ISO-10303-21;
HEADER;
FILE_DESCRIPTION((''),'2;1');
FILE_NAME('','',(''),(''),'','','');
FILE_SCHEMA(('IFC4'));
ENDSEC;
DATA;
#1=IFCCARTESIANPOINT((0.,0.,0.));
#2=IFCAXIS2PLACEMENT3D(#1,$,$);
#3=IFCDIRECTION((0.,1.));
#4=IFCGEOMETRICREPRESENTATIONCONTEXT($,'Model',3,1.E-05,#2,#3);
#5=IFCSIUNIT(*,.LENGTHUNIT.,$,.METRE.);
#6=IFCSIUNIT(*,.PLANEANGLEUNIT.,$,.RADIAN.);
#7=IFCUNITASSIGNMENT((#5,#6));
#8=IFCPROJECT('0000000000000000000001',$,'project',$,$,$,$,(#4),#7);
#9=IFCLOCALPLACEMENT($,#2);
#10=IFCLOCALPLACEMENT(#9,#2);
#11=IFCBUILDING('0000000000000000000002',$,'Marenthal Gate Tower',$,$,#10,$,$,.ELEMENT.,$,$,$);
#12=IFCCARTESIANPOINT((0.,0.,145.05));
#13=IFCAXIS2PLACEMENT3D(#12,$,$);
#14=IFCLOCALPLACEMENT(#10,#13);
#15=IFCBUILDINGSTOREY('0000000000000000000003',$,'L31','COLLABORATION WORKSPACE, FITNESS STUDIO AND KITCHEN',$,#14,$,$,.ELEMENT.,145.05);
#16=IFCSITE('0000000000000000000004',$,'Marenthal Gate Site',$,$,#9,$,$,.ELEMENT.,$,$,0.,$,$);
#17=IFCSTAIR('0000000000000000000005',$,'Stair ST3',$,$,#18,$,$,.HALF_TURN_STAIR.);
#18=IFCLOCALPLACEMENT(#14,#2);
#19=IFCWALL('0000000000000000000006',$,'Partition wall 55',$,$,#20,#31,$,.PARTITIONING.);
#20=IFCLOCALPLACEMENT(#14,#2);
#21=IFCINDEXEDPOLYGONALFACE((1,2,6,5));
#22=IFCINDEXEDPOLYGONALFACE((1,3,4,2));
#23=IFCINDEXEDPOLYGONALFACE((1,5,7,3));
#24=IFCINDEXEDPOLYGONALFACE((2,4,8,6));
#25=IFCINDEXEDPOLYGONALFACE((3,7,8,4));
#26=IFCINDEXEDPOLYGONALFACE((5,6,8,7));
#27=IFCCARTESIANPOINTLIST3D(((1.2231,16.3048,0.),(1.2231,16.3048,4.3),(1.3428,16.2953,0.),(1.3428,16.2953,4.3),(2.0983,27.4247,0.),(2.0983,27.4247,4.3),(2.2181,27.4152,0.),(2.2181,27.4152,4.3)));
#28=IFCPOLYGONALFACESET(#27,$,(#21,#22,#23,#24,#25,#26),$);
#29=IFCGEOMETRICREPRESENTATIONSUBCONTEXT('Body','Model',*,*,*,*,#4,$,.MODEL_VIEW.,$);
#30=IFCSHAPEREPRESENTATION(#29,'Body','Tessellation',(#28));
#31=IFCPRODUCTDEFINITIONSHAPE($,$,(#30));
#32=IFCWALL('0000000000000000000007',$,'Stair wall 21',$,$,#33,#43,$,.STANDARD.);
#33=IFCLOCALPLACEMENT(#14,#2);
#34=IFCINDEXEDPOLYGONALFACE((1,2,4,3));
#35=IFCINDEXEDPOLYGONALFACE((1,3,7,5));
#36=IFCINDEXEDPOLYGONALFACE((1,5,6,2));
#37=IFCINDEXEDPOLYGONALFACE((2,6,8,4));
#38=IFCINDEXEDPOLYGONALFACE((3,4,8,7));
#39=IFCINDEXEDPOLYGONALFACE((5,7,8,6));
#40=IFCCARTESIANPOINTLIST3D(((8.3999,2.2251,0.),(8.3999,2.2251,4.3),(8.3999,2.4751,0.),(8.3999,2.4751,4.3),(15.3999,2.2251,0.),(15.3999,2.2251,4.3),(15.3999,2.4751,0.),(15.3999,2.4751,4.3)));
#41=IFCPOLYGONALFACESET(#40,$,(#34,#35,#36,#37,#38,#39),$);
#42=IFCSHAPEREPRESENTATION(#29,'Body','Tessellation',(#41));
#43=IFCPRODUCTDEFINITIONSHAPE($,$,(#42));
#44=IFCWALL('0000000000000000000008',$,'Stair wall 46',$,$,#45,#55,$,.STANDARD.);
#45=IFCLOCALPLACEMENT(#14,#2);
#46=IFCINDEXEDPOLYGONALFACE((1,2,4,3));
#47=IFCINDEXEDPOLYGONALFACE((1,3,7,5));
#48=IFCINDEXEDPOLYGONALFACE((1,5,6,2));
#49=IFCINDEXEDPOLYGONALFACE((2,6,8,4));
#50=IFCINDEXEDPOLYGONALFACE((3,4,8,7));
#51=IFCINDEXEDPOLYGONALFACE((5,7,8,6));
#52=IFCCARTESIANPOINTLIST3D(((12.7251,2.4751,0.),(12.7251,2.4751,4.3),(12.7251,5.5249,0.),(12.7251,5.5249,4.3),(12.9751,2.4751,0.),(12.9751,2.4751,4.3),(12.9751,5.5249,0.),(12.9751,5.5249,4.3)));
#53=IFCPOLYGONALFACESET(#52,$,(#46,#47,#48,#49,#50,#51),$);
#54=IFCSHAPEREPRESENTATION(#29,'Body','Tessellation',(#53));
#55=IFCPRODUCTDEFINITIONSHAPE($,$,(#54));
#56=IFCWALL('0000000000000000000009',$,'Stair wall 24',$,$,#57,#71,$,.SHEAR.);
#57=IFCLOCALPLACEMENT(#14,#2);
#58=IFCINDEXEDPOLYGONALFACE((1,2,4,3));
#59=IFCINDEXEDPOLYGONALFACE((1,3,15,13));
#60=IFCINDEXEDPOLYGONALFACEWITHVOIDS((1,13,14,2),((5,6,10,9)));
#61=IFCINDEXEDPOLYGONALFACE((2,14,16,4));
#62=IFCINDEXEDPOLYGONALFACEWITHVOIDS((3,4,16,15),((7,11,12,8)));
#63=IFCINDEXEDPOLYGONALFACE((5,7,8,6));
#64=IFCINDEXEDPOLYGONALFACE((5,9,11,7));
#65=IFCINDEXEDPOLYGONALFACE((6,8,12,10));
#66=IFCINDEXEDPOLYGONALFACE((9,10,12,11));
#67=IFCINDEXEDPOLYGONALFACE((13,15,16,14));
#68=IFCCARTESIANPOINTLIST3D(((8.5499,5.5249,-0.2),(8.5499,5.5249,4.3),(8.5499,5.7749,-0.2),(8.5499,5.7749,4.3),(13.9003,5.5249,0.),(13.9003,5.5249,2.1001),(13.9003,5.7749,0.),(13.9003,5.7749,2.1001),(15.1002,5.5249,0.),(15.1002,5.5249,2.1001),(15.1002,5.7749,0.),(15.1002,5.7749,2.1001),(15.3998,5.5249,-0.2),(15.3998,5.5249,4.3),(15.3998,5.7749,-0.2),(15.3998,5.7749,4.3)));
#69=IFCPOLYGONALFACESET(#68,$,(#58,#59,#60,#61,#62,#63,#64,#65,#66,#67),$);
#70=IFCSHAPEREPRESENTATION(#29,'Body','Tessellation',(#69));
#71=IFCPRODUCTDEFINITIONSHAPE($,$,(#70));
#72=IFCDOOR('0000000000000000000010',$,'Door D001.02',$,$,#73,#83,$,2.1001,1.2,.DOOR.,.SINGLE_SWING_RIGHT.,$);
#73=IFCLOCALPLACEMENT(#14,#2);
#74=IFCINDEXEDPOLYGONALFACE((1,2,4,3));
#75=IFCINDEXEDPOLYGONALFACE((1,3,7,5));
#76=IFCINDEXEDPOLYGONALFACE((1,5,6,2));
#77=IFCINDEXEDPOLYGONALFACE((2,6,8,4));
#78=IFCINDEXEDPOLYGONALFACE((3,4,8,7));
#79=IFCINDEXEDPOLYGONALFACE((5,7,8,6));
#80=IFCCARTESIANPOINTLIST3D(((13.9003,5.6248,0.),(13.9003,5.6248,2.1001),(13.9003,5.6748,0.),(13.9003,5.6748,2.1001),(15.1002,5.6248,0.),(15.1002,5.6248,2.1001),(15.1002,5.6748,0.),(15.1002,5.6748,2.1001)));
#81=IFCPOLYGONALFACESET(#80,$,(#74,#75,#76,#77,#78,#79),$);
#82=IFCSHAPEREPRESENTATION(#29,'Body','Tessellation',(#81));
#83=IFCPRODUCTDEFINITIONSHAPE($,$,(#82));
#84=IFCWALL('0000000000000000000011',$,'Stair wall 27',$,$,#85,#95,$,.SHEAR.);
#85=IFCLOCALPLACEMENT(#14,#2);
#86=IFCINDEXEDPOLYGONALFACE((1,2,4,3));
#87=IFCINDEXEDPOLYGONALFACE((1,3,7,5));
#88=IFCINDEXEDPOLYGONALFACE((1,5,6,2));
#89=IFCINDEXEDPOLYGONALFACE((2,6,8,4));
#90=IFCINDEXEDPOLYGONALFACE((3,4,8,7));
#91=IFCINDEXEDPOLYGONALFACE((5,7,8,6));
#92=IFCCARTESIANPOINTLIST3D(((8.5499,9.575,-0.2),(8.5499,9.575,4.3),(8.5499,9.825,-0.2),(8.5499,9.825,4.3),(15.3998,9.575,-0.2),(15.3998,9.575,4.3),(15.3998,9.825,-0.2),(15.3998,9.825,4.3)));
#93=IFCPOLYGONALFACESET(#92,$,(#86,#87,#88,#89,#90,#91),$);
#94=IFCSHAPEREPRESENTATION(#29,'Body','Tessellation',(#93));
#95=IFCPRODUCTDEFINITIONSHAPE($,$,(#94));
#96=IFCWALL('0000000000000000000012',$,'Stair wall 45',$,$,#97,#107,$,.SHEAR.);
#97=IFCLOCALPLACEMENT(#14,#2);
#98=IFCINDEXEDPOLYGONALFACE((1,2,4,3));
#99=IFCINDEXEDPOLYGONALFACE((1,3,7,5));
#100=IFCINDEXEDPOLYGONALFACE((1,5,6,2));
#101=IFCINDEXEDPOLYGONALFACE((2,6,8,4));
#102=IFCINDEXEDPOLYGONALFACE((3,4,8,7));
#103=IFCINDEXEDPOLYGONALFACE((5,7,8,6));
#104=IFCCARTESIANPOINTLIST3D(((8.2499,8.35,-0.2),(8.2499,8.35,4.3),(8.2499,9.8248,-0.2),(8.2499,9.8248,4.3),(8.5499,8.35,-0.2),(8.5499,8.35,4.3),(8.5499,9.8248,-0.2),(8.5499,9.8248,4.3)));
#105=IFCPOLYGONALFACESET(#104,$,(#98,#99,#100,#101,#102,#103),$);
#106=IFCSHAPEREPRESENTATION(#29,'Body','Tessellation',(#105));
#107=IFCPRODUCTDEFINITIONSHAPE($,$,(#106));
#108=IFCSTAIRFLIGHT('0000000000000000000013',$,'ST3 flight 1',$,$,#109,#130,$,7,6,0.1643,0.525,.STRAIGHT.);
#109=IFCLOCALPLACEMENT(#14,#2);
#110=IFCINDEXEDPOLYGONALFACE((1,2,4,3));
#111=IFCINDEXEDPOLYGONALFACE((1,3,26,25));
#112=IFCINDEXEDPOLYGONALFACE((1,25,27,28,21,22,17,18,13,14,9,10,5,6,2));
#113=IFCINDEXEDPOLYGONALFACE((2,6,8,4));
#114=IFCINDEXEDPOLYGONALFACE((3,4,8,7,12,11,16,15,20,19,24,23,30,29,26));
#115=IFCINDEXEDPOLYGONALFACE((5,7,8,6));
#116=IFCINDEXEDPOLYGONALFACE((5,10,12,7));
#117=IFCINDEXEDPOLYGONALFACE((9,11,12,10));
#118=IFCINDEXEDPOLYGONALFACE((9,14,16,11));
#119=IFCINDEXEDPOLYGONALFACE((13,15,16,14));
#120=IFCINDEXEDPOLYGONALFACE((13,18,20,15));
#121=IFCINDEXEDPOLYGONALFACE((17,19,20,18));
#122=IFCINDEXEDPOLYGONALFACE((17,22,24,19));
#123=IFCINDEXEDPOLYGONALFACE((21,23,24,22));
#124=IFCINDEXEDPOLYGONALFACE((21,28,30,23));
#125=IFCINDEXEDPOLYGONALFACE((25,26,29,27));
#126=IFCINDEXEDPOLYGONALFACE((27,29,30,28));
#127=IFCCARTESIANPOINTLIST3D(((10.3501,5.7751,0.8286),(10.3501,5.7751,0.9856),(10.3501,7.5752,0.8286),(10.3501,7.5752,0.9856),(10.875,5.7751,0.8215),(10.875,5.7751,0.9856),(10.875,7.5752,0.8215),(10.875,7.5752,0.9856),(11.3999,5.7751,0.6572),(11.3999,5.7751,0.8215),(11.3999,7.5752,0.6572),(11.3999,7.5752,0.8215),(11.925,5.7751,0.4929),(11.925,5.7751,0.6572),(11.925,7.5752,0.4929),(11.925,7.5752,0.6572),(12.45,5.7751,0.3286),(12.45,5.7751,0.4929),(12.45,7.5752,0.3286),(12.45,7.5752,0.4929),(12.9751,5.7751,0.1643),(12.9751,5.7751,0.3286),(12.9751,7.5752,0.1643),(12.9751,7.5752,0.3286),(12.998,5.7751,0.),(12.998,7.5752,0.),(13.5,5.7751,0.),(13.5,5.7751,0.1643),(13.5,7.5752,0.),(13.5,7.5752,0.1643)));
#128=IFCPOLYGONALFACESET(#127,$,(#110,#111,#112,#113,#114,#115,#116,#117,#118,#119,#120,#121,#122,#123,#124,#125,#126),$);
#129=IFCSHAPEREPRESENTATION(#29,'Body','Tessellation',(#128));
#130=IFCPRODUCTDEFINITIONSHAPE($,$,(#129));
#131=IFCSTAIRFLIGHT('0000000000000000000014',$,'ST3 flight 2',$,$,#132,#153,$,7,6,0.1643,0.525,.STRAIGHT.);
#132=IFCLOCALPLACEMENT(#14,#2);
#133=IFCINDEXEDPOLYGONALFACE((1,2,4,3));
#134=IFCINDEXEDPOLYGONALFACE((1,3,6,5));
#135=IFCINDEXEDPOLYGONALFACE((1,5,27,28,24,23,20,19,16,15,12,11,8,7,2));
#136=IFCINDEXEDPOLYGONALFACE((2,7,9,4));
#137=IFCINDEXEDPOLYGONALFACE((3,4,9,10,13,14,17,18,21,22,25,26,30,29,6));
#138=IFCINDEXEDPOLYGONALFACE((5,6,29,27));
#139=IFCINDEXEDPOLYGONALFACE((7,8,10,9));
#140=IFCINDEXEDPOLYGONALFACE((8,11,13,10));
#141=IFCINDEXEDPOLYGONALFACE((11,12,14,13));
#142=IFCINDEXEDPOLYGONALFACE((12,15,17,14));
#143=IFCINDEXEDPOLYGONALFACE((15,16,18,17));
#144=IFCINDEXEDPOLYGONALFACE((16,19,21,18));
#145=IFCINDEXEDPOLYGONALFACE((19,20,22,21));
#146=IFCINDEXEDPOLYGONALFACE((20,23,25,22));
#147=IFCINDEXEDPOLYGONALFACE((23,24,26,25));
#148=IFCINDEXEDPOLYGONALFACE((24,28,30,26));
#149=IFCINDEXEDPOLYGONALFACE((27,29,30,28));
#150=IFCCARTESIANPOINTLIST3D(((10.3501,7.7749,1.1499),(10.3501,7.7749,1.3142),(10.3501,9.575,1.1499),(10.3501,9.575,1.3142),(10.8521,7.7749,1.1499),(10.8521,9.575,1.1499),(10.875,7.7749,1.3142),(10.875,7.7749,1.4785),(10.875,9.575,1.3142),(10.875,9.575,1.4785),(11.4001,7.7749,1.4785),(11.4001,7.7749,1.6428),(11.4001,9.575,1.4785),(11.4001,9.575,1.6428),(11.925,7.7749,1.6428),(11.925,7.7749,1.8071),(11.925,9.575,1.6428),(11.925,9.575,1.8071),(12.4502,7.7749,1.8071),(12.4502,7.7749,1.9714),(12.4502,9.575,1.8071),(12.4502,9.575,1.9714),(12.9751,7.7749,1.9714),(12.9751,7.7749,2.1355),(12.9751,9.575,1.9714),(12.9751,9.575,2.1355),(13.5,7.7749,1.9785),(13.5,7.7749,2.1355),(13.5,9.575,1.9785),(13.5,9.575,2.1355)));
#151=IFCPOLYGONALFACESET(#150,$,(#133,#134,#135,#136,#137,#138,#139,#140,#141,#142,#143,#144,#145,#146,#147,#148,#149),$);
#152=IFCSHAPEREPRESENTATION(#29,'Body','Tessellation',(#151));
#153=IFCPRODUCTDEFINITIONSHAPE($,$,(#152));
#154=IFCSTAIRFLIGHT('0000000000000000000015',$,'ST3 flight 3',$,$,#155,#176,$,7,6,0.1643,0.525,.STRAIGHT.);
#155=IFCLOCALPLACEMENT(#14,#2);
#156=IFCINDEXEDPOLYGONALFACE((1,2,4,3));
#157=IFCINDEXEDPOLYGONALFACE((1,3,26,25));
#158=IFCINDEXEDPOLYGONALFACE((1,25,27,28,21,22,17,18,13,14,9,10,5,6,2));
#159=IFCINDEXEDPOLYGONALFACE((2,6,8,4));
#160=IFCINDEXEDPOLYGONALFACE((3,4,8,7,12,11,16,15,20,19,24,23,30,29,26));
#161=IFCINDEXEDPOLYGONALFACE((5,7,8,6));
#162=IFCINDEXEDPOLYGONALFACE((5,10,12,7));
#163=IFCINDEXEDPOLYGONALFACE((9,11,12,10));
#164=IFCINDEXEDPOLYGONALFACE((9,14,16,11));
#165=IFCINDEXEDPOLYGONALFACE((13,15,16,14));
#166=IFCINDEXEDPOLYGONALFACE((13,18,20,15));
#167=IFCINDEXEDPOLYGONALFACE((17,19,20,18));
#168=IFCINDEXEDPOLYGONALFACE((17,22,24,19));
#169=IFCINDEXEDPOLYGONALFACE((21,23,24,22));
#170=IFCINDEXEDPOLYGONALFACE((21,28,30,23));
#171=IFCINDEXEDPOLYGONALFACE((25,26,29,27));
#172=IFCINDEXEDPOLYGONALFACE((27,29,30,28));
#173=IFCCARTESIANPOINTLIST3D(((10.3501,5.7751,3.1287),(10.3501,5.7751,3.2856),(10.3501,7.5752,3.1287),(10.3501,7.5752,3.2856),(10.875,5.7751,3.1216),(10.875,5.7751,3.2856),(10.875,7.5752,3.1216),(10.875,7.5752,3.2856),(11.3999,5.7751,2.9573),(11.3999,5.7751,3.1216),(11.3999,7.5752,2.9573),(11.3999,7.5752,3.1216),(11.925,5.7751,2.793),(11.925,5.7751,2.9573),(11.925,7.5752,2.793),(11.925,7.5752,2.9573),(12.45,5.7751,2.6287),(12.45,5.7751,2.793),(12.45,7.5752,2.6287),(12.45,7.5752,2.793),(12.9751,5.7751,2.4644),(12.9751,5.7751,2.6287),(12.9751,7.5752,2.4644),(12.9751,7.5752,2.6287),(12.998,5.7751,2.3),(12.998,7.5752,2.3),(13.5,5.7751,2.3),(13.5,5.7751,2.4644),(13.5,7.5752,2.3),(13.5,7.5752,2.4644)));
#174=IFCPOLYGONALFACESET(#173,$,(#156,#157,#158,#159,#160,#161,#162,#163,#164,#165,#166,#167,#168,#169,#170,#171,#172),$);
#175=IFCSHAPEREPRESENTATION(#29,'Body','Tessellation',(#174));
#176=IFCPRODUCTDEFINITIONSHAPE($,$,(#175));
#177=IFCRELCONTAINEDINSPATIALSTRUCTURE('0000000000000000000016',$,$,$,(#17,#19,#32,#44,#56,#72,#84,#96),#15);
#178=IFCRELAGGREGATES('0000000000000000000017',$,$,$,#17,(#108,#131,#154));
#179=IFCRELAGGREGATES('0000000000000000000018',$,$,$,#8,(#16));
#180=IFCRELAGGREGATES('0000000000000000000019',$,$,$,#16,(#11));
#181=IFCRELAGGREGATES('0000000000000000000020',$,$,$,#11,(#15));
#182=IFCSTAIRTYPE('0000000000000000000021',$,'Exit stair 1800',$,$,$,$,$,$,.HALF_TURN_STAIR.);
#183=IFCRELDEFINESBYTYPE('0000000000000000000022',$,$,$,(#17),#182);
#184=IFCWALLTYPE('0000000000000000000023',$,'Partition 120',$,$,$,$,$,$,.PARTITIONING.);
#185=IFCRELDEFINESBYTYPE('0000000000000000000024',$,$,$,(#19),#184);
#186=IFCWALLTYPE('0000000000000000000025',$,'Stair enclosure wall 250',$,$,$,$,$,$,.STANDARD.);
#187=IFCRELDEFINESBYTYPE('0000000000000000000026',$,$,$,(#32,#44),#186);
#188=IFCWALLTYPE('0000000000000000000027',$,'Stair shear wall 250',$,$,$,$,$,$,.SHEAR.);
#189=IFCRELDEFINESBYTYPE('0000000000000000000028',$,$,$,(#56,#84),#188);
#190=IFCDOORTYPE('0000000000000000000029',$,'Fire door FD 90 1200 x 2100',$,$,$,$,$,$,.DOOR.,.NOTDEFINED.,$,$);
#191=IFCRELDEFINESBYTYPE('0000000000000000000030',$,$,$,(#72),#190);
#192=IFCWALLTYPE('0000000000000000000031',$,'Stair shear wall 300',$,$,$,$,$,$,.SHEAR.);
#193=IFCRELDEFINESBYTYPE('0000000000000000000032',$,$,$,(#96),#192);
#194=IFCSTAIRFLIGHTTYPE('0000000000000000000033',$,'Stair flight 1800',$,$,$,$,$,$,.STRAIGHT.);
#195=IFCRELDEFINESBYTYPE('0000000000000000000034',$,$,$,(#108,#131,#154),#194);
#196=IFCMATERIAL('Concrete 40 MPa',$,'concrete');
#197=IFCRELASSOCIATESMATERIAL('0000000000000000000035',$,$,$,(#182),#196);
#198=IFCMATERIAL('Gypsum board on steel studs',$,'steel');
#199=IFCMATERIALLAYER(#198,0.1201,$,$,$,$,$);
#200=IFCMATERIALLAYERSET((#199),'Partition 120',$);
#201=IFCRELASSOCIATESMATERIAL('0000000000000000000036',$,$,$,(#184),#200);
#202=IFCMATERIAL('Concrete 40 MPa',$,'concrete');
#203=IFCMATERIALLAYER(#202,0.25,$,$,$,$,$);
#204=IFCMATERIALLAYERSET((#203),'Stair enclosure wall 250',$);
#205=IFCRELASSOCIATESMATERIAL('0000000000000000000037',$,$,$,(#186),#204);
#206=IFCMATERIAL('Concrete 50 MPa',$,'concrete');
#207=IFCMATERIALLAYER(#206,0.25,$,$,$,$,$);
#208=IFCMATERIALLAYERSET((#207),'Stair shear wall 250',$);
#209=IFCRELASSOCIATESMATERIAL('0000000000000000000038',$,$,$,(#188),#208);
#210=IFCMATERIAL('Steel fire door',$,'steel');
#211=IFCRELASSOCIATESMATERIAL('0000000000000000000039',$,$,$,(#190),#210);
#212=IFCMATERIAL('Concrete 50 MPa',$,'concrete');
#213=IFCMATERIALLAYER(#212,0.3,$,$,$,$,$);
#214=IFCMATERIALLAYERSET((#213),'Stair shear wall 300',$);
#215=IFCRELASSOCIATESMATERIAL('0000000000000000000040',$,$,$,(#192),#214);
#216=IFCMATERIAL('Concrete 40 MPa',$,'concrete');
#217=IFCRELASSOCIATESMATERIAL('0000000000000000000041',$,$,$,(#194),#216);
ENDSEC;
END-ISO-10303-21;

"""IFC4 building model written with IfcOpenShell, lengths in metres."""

from ifc_helpers import new_model, si_unit, direction, frame, frame_2d, origin, place, context, subcontext, project, spatial, polyline, rectangle, outline, extrude, material, layer, layer_set, type_object, element, fill, aggregate, save


model = new_model("IFC4")

# Units and contexts
model_context = context("Model", 3, precision=1e-05, world=origin(), true_north=direction((0.0, 1.0)))
body_context = subcontext(model_context, "Body", "Model", "MODEL_VIEW")
ifc_project = project(units=[si_unit("LENGTHUNIT", "METRE"), si_unit("PLANEANGLEUNIT", "RADIAN")], contexts=[model_context])

# Site, building, storey
site_placement = place(None, origin())
site = spatial("IfcSite", under=ifc_project, at=site_placement, Name="Marenthal Gate Site", CompositionType="ELEMENT", RefElevation=0.0)
building_placement = place(site_placement, origin())
building = spatial("IfcBuilding", under=site, at=building_placement, Name="Marenthal Gate Tower", CompositionType="ELEMENT")
storey_placement = place(building_placement, frame((0.0, 0.0, 145.05)))
storey = spatial("IfcBuildingStorey", under=building, at=storey_placement, Name="L31", Description="COLLABORATION WORKSPACE, FITNESS STUDIO AND KITCHEN", CompositionType="ELEMENT", Elevation=145.05)

# Shared definitions
ifc_material_1 = material(Name="Concrete 40 MPa", Category="concrete")
stair_type = type_object("IfcStairType", Name="Exit stair 1800", PredefinedType="HALF_TURN_STAIR", material=ifc_material_1)

# Stair
stair_1_placement = place(storey_placement, origin())
stair_1 = element("IfcStair", 1, at=stair_1_placement, inside=storey, type_object=stair_type, Name="Stair ST3", PredefinedType="HALF_TURN_STAIR")

# Walls
ifc_material_2 = material(Name="Gypsum board on steel studs", Category="steel")
ifc_layer_1 = layer(ifc_material_2, 0.1201)
ifc_layer_set_1 = layer_set([ifc_layer_1], Name="Partition 120")
wall_type_1 = type_object("IfcWallType", Name="Partition 120", PredefinedType="PARTITIONING", material=ifc_layer_set_1)
wall_1_placement = place(storey_placement, frame((1.283, 16.3, 0.0), z_axis=(0.0, 0.0, 1.0), x_axis=(0.078467, 0.996917, 0.0)))
element("IfcWall", 2, at=wall_1_placement, inside=storey, type_object=wall_type_1, Name="Partition wall 55", PredefinedType="PARTITIONING", context=body_context, shape_type="SweptSolid", body=[
    extrude(rectangle(XDim=11.1543, YDim=0.1201, at=frame_2d((5.5771, 0.0))), origin(), (0.0, 0.0, 1.0), 4.3),
])
ifc_material_3 = material(Name="Concrete 40 MPa", Category="concrete")
ifc_layer_2 = layer(ifc_material_3, 0.25)
ifc_layer_set_2 = layer_set([ifc_layer_2], Name="Stair enclosure wall 250")
wall_type_2 = type_object("IfcWallType", Name="Stair enclosure wall 250", PredefinedType="STANDARD", material=ifc_layer_set_2)
wall_2_placement = place(storey_placement, frame((8.3999, 2.3501, 0.0), z_axis=(0.0, 0.0, 1.0), x_axis=(1.0, 0.0, 0.0)))
element("IfcWall", 3, at=wall_2_placement, inside=storey, type_object=wall_type_2, Name="Stair wall 21", PredefinedType="STANDARD", context=body_context, shape_type="SweptSolid", body=[
    extrude(rectangle(XDim=7.0, YDim=0.25, at=frame_2d((3.5, 0.0))), origin(), (0.0, 0.0, 1.0), 4.3),
])
wall_3_placement = place(storey_placement, frame((12.8501, 2.4751, 0.0), z_axis=(0.0, 0.0, 1.0), x_axis=(0.0, 1.0, 0.0)))
element("IfcWall", 4, at=wall_3_placement, inside=storey, type_object=wall_type_2, Name="Stair wall 46", PredefinedType="STANDARD", context=body_context, shape_type="SweptSolid", body=[
    extrude(rectangle(XDim=3.0498, YDim=0.25, at=frame_2d((1.5249, 0.0))), origin(), (0.0, 0.0, 1.0), 4.3),
])

# Wall, opening, door
ifc_material_4 = material(Name="Concrete 50 MPa", Category="concrete")
ifc_layer_3 = layer(ifc_material_4, 0.25)
ifc_layer_set_3 = layer_set([ifc_layer_3], Name="Stair shear wall 250")
wall_type_3 = type_object("IfcWallType", Name="Stair shear wall 250", PredefinedType="SHEAR", material=ifc_layer_set_3)
wall_4_placement = place(storey_placement, frame((8.55, 5.6499, -0.2), z_axis=(0.0, 0.0, 1.0), x_axis=(1.0, 0.0, 0.0)))
wall_4 = element("IfcWall", 5, at=wall_4_placement, inside=storey, type_object=wall_type_3, Name="Stair wall 24", PredefinedType="SHEAR", context=body_context, shape_type="SweptSolid", body=[
    extrude(rectangle(XDim=6.8499, YDim=0.25, at=frame_2d((3.4248, 0.0))), origin(), (0.0, 0.0, 1.0), 4.5),
])
opening_1_placement = place(wall_4_placement, frame((5.3501, 0.0, 0.2)))
opening_1 = element("IfcOpeningElement", 6, at=opening_1_placement, cuts=wall_4, PredefinedType="OPENING", context=body_context, shape_type="SweptSolid", body=[
    extrude(rectangle(XDim=1.2, YDim=2.1001, at=frame_2d((0.6001, 1.05))), frame((0.0, 0.135, 0.0), z_axis=(0.0, -1.0, 0.0), x_axis=(1.0, 0.0, 0.0)), (0.0, 0.0, 1.0), 0.27),
])
ifc_material_5 = material(Name="Steel fire door", Category="steel")
door_type_1 = type_object("IfcDoorType", Name="Fire door FD 90 1200 x 2100", OperationType="NOTDEFINED", PredefinedType="DOOR", material=ifc_material_5)
door_1_placement = place(opening_1_placement, origin())
door_1 = element("IfcDoor", 7, at=door_1_placement, inside=storey, type_object=door_type_1, Name="Door D001.02", OperationType="SINGLE_SWING_RIGHT", OverallHeight=2.1001, OverallWidth=1.2, PredefinedType="DOOR", context=body_context, shape_type="SweptSolid", body=[
    extrude(rectangle(XDim=1.2, YDim=2.1001, at=frame_2d((0.6001, 1.05))), frame((0.0, 0.0249, 0.0), z_axis=(0.0, -1.0, 0.0), x_axis=(1.0, 0.0, 0.0)), (0.0, 0.0, 1.0), 0.05),
])
fill(opening_1, door_1)

# Walls
wall_5_placement = place(storey_placement, frame((8.55, 9.7, -0.2), z_axis=(0.0, 0.0, 1.0), x_axis=(1.0, 0.0, 0.0)))
element("IfcWall", 8, at=wall_5_placement, inside=storey, type_object=wall_type_3, Name="Stair wall 27", PredefinedType="SHEAR", context=body_context, shape_type="SweptSolid", body=[
    extrude(rectangle(XDim=6.8499, YDim=0.25, at=frame_2d((3.4248, 0.0))), origin(), (0.0, 0.0, 1.0), 4.5),
])
ifc_material_6 = material(Name="Concrete 50 MPa", Category="concrete")
ifc_layer_4 = layer(ifc_material_6, 0.3)
ifc_layer_set_4 = layer_set([ifc_layer_4], Name="Stair shear wall 300")
wall_type_4 = type_object("IfcWallType", Name="Stair shear wall 300", PredefinedType="SHEAR", material=ifc_layer_set_4)
wall_6_placement = place(storey_placement, frame((8.3999, 8.3501, -0.2), z_axis=(0.0, 0.0, 1.0), x_axis=(0.0, 1.0, 0.0)))
element("IfcWall", 9, at=wall_6_placement, inside=storey, type_object=wall_type_4, Name="Stair wall 45", PredefinedType="SHEAR", context=body_context, shape_type="SweptSolid", body=[
    extrude(rectangle(XDim=1.4749, YDim=0.3, at=frame_2d((0.7373, 0.0))), origin(), (0.0, 0.0, 1.0), 4.5),
])

# Stair flights
ifc_material_7 = material(Name="Concrete 40 MPa", Category="concrete")
stair_flight_type = type_object("IfcStairFlightType", Name="Stair flight 1800", PredefinedType="STRAIGHT", material=ifc_material_7)
stair_flight_1_placement = place(storey_placement, frame((13.5, 6.675, 0.0), z_axis=(0.0, 0.0, 1.0), x_axis=(-1.0, 0.0, 0.0)))
stair_flight_1 = element("IfcStairFlight", 10, at=stair_flight_1_placement, type_object=stair_flight_type, Name="ST3 flight 1", NumberOfRisers=7, NumberOfTreads=6, PredefinedType="STRAIGHT", RiserHeight=0.1643, TreadLength=0.525, context=body_context, shape_type="SweptSolid", body=[
    extrude(outline(polyline([(0.0, 0.0), (0.0, 0.1643), (0.5249, 0.1643), (0.5249, 0.3286), (1.05, 0.3286), (1.05, 0.4929), (1.575, 0.4929), (1.575, 0.6572), (2.1001, 0.6572), (2.1001, 0.8215), (2.625, 0.8215), (2.625, 0.9856), (3.1499, 0.9856), (3.1499, 1.1499), (3.1499, 0.8286), (0.502, 0.0), (0.0, 0.0)])), frame((0.0, 0.8999, 0.0), z_axis=(0.0, -1.0, 0.0), x_axis=(1.0, 0.0, 0.0)), (0.0, 0.0, 1.0), 1.8),
])
stair_flight_2_placement = place(storey_placement, frame((10.3501, 8.675, 1.1499), z_axis=(0.0, 0.0, 1.0), x_axis=(1.0, 0.0, 0.0)))
stair_flight_2 = element("IfcStairFlight", 11, at=stair_flight_2_placement, type_object=stair_flight_type, Name="ST3 flight 2", NumberOfRisers=7, NumberOfTreads=6, PredefinedType="STRAIGHT", RiserHeight=0.1643, TreadLength=0.525, context=body_context, shape_type="SweptSolid", body=[
    extrude(outline(polyline([(0.0, 0.0), (0.0, 0.1643), (0.5249, 0.1643), (0.5249, 0.3286), (1.05, 0.3286), (1.05, 0.4929), (1.575, 0.4929), (1.575, 0.6572), (2.1001, 0.6572), (2.1001, 0.8215), (2.625, 0.8215), (2.625, 0.9856), (3.1499, 0.9856), (3.1499, 1.1499), (3.1499, 0.8286), (0.502, 0.0), (0.0, 0.0)])), frame((0.0, 0.8999, 0.0), z_axis=(0.0, -1.0, 0.0), x_axis=(1.0, 0.0, 0.0)), (0.0, 0.0, 1.0), 1.8),
])
stair_flight_3_placement = place(storey_placement, frame((13.5, 6.675, 2.3), z_axis=(0.0, 0.0, 1.0), x_axis=(-1.0, 0.0, 0.0)))
stair_flight_3 = element("IfcStairFlight", 12, at=stair_flight_3_placement, type_object=stair_flight_type, Name="ST3 flight 3", NumberOfRisers=7, NumberOfTreads=6, PredefinedType="STRAIGHT", RiserHeight=0.1643, TreadLength=0.525, context=body_context, shape_type="SweptSolid", body=[
    extrude(outline(polyline([(0.0, 0.0), (0.0, 0.1643), (0.5249, 0.1643), (0.5249, 0.3286), (1.05, 0.3286), (1.05, 0.4929), (1.575, 0.4929), (1.575, 0.6572), (2.1001, 0.6572), (2.1001, 0.8215), (2.625, 0.8215), (2.625, 0.9856), (3.1499, 0.9856), (3.1499, 1.1499), (3.1499, 0.8286), (0.502, 0.0), (0.0, 0.0)])), frame((0.0, 0.8999, 0.0), z_axis=(0.0, -1.0, 0.0), x_axis=(1.0, 0.0, 0.0)), (0.0, 0.0, 1.0), 1.8),
])
aggregate(stair_1, [stair_flight_1, stair_flight_2, stair_flight_3])

save(model, "model.ifc")
